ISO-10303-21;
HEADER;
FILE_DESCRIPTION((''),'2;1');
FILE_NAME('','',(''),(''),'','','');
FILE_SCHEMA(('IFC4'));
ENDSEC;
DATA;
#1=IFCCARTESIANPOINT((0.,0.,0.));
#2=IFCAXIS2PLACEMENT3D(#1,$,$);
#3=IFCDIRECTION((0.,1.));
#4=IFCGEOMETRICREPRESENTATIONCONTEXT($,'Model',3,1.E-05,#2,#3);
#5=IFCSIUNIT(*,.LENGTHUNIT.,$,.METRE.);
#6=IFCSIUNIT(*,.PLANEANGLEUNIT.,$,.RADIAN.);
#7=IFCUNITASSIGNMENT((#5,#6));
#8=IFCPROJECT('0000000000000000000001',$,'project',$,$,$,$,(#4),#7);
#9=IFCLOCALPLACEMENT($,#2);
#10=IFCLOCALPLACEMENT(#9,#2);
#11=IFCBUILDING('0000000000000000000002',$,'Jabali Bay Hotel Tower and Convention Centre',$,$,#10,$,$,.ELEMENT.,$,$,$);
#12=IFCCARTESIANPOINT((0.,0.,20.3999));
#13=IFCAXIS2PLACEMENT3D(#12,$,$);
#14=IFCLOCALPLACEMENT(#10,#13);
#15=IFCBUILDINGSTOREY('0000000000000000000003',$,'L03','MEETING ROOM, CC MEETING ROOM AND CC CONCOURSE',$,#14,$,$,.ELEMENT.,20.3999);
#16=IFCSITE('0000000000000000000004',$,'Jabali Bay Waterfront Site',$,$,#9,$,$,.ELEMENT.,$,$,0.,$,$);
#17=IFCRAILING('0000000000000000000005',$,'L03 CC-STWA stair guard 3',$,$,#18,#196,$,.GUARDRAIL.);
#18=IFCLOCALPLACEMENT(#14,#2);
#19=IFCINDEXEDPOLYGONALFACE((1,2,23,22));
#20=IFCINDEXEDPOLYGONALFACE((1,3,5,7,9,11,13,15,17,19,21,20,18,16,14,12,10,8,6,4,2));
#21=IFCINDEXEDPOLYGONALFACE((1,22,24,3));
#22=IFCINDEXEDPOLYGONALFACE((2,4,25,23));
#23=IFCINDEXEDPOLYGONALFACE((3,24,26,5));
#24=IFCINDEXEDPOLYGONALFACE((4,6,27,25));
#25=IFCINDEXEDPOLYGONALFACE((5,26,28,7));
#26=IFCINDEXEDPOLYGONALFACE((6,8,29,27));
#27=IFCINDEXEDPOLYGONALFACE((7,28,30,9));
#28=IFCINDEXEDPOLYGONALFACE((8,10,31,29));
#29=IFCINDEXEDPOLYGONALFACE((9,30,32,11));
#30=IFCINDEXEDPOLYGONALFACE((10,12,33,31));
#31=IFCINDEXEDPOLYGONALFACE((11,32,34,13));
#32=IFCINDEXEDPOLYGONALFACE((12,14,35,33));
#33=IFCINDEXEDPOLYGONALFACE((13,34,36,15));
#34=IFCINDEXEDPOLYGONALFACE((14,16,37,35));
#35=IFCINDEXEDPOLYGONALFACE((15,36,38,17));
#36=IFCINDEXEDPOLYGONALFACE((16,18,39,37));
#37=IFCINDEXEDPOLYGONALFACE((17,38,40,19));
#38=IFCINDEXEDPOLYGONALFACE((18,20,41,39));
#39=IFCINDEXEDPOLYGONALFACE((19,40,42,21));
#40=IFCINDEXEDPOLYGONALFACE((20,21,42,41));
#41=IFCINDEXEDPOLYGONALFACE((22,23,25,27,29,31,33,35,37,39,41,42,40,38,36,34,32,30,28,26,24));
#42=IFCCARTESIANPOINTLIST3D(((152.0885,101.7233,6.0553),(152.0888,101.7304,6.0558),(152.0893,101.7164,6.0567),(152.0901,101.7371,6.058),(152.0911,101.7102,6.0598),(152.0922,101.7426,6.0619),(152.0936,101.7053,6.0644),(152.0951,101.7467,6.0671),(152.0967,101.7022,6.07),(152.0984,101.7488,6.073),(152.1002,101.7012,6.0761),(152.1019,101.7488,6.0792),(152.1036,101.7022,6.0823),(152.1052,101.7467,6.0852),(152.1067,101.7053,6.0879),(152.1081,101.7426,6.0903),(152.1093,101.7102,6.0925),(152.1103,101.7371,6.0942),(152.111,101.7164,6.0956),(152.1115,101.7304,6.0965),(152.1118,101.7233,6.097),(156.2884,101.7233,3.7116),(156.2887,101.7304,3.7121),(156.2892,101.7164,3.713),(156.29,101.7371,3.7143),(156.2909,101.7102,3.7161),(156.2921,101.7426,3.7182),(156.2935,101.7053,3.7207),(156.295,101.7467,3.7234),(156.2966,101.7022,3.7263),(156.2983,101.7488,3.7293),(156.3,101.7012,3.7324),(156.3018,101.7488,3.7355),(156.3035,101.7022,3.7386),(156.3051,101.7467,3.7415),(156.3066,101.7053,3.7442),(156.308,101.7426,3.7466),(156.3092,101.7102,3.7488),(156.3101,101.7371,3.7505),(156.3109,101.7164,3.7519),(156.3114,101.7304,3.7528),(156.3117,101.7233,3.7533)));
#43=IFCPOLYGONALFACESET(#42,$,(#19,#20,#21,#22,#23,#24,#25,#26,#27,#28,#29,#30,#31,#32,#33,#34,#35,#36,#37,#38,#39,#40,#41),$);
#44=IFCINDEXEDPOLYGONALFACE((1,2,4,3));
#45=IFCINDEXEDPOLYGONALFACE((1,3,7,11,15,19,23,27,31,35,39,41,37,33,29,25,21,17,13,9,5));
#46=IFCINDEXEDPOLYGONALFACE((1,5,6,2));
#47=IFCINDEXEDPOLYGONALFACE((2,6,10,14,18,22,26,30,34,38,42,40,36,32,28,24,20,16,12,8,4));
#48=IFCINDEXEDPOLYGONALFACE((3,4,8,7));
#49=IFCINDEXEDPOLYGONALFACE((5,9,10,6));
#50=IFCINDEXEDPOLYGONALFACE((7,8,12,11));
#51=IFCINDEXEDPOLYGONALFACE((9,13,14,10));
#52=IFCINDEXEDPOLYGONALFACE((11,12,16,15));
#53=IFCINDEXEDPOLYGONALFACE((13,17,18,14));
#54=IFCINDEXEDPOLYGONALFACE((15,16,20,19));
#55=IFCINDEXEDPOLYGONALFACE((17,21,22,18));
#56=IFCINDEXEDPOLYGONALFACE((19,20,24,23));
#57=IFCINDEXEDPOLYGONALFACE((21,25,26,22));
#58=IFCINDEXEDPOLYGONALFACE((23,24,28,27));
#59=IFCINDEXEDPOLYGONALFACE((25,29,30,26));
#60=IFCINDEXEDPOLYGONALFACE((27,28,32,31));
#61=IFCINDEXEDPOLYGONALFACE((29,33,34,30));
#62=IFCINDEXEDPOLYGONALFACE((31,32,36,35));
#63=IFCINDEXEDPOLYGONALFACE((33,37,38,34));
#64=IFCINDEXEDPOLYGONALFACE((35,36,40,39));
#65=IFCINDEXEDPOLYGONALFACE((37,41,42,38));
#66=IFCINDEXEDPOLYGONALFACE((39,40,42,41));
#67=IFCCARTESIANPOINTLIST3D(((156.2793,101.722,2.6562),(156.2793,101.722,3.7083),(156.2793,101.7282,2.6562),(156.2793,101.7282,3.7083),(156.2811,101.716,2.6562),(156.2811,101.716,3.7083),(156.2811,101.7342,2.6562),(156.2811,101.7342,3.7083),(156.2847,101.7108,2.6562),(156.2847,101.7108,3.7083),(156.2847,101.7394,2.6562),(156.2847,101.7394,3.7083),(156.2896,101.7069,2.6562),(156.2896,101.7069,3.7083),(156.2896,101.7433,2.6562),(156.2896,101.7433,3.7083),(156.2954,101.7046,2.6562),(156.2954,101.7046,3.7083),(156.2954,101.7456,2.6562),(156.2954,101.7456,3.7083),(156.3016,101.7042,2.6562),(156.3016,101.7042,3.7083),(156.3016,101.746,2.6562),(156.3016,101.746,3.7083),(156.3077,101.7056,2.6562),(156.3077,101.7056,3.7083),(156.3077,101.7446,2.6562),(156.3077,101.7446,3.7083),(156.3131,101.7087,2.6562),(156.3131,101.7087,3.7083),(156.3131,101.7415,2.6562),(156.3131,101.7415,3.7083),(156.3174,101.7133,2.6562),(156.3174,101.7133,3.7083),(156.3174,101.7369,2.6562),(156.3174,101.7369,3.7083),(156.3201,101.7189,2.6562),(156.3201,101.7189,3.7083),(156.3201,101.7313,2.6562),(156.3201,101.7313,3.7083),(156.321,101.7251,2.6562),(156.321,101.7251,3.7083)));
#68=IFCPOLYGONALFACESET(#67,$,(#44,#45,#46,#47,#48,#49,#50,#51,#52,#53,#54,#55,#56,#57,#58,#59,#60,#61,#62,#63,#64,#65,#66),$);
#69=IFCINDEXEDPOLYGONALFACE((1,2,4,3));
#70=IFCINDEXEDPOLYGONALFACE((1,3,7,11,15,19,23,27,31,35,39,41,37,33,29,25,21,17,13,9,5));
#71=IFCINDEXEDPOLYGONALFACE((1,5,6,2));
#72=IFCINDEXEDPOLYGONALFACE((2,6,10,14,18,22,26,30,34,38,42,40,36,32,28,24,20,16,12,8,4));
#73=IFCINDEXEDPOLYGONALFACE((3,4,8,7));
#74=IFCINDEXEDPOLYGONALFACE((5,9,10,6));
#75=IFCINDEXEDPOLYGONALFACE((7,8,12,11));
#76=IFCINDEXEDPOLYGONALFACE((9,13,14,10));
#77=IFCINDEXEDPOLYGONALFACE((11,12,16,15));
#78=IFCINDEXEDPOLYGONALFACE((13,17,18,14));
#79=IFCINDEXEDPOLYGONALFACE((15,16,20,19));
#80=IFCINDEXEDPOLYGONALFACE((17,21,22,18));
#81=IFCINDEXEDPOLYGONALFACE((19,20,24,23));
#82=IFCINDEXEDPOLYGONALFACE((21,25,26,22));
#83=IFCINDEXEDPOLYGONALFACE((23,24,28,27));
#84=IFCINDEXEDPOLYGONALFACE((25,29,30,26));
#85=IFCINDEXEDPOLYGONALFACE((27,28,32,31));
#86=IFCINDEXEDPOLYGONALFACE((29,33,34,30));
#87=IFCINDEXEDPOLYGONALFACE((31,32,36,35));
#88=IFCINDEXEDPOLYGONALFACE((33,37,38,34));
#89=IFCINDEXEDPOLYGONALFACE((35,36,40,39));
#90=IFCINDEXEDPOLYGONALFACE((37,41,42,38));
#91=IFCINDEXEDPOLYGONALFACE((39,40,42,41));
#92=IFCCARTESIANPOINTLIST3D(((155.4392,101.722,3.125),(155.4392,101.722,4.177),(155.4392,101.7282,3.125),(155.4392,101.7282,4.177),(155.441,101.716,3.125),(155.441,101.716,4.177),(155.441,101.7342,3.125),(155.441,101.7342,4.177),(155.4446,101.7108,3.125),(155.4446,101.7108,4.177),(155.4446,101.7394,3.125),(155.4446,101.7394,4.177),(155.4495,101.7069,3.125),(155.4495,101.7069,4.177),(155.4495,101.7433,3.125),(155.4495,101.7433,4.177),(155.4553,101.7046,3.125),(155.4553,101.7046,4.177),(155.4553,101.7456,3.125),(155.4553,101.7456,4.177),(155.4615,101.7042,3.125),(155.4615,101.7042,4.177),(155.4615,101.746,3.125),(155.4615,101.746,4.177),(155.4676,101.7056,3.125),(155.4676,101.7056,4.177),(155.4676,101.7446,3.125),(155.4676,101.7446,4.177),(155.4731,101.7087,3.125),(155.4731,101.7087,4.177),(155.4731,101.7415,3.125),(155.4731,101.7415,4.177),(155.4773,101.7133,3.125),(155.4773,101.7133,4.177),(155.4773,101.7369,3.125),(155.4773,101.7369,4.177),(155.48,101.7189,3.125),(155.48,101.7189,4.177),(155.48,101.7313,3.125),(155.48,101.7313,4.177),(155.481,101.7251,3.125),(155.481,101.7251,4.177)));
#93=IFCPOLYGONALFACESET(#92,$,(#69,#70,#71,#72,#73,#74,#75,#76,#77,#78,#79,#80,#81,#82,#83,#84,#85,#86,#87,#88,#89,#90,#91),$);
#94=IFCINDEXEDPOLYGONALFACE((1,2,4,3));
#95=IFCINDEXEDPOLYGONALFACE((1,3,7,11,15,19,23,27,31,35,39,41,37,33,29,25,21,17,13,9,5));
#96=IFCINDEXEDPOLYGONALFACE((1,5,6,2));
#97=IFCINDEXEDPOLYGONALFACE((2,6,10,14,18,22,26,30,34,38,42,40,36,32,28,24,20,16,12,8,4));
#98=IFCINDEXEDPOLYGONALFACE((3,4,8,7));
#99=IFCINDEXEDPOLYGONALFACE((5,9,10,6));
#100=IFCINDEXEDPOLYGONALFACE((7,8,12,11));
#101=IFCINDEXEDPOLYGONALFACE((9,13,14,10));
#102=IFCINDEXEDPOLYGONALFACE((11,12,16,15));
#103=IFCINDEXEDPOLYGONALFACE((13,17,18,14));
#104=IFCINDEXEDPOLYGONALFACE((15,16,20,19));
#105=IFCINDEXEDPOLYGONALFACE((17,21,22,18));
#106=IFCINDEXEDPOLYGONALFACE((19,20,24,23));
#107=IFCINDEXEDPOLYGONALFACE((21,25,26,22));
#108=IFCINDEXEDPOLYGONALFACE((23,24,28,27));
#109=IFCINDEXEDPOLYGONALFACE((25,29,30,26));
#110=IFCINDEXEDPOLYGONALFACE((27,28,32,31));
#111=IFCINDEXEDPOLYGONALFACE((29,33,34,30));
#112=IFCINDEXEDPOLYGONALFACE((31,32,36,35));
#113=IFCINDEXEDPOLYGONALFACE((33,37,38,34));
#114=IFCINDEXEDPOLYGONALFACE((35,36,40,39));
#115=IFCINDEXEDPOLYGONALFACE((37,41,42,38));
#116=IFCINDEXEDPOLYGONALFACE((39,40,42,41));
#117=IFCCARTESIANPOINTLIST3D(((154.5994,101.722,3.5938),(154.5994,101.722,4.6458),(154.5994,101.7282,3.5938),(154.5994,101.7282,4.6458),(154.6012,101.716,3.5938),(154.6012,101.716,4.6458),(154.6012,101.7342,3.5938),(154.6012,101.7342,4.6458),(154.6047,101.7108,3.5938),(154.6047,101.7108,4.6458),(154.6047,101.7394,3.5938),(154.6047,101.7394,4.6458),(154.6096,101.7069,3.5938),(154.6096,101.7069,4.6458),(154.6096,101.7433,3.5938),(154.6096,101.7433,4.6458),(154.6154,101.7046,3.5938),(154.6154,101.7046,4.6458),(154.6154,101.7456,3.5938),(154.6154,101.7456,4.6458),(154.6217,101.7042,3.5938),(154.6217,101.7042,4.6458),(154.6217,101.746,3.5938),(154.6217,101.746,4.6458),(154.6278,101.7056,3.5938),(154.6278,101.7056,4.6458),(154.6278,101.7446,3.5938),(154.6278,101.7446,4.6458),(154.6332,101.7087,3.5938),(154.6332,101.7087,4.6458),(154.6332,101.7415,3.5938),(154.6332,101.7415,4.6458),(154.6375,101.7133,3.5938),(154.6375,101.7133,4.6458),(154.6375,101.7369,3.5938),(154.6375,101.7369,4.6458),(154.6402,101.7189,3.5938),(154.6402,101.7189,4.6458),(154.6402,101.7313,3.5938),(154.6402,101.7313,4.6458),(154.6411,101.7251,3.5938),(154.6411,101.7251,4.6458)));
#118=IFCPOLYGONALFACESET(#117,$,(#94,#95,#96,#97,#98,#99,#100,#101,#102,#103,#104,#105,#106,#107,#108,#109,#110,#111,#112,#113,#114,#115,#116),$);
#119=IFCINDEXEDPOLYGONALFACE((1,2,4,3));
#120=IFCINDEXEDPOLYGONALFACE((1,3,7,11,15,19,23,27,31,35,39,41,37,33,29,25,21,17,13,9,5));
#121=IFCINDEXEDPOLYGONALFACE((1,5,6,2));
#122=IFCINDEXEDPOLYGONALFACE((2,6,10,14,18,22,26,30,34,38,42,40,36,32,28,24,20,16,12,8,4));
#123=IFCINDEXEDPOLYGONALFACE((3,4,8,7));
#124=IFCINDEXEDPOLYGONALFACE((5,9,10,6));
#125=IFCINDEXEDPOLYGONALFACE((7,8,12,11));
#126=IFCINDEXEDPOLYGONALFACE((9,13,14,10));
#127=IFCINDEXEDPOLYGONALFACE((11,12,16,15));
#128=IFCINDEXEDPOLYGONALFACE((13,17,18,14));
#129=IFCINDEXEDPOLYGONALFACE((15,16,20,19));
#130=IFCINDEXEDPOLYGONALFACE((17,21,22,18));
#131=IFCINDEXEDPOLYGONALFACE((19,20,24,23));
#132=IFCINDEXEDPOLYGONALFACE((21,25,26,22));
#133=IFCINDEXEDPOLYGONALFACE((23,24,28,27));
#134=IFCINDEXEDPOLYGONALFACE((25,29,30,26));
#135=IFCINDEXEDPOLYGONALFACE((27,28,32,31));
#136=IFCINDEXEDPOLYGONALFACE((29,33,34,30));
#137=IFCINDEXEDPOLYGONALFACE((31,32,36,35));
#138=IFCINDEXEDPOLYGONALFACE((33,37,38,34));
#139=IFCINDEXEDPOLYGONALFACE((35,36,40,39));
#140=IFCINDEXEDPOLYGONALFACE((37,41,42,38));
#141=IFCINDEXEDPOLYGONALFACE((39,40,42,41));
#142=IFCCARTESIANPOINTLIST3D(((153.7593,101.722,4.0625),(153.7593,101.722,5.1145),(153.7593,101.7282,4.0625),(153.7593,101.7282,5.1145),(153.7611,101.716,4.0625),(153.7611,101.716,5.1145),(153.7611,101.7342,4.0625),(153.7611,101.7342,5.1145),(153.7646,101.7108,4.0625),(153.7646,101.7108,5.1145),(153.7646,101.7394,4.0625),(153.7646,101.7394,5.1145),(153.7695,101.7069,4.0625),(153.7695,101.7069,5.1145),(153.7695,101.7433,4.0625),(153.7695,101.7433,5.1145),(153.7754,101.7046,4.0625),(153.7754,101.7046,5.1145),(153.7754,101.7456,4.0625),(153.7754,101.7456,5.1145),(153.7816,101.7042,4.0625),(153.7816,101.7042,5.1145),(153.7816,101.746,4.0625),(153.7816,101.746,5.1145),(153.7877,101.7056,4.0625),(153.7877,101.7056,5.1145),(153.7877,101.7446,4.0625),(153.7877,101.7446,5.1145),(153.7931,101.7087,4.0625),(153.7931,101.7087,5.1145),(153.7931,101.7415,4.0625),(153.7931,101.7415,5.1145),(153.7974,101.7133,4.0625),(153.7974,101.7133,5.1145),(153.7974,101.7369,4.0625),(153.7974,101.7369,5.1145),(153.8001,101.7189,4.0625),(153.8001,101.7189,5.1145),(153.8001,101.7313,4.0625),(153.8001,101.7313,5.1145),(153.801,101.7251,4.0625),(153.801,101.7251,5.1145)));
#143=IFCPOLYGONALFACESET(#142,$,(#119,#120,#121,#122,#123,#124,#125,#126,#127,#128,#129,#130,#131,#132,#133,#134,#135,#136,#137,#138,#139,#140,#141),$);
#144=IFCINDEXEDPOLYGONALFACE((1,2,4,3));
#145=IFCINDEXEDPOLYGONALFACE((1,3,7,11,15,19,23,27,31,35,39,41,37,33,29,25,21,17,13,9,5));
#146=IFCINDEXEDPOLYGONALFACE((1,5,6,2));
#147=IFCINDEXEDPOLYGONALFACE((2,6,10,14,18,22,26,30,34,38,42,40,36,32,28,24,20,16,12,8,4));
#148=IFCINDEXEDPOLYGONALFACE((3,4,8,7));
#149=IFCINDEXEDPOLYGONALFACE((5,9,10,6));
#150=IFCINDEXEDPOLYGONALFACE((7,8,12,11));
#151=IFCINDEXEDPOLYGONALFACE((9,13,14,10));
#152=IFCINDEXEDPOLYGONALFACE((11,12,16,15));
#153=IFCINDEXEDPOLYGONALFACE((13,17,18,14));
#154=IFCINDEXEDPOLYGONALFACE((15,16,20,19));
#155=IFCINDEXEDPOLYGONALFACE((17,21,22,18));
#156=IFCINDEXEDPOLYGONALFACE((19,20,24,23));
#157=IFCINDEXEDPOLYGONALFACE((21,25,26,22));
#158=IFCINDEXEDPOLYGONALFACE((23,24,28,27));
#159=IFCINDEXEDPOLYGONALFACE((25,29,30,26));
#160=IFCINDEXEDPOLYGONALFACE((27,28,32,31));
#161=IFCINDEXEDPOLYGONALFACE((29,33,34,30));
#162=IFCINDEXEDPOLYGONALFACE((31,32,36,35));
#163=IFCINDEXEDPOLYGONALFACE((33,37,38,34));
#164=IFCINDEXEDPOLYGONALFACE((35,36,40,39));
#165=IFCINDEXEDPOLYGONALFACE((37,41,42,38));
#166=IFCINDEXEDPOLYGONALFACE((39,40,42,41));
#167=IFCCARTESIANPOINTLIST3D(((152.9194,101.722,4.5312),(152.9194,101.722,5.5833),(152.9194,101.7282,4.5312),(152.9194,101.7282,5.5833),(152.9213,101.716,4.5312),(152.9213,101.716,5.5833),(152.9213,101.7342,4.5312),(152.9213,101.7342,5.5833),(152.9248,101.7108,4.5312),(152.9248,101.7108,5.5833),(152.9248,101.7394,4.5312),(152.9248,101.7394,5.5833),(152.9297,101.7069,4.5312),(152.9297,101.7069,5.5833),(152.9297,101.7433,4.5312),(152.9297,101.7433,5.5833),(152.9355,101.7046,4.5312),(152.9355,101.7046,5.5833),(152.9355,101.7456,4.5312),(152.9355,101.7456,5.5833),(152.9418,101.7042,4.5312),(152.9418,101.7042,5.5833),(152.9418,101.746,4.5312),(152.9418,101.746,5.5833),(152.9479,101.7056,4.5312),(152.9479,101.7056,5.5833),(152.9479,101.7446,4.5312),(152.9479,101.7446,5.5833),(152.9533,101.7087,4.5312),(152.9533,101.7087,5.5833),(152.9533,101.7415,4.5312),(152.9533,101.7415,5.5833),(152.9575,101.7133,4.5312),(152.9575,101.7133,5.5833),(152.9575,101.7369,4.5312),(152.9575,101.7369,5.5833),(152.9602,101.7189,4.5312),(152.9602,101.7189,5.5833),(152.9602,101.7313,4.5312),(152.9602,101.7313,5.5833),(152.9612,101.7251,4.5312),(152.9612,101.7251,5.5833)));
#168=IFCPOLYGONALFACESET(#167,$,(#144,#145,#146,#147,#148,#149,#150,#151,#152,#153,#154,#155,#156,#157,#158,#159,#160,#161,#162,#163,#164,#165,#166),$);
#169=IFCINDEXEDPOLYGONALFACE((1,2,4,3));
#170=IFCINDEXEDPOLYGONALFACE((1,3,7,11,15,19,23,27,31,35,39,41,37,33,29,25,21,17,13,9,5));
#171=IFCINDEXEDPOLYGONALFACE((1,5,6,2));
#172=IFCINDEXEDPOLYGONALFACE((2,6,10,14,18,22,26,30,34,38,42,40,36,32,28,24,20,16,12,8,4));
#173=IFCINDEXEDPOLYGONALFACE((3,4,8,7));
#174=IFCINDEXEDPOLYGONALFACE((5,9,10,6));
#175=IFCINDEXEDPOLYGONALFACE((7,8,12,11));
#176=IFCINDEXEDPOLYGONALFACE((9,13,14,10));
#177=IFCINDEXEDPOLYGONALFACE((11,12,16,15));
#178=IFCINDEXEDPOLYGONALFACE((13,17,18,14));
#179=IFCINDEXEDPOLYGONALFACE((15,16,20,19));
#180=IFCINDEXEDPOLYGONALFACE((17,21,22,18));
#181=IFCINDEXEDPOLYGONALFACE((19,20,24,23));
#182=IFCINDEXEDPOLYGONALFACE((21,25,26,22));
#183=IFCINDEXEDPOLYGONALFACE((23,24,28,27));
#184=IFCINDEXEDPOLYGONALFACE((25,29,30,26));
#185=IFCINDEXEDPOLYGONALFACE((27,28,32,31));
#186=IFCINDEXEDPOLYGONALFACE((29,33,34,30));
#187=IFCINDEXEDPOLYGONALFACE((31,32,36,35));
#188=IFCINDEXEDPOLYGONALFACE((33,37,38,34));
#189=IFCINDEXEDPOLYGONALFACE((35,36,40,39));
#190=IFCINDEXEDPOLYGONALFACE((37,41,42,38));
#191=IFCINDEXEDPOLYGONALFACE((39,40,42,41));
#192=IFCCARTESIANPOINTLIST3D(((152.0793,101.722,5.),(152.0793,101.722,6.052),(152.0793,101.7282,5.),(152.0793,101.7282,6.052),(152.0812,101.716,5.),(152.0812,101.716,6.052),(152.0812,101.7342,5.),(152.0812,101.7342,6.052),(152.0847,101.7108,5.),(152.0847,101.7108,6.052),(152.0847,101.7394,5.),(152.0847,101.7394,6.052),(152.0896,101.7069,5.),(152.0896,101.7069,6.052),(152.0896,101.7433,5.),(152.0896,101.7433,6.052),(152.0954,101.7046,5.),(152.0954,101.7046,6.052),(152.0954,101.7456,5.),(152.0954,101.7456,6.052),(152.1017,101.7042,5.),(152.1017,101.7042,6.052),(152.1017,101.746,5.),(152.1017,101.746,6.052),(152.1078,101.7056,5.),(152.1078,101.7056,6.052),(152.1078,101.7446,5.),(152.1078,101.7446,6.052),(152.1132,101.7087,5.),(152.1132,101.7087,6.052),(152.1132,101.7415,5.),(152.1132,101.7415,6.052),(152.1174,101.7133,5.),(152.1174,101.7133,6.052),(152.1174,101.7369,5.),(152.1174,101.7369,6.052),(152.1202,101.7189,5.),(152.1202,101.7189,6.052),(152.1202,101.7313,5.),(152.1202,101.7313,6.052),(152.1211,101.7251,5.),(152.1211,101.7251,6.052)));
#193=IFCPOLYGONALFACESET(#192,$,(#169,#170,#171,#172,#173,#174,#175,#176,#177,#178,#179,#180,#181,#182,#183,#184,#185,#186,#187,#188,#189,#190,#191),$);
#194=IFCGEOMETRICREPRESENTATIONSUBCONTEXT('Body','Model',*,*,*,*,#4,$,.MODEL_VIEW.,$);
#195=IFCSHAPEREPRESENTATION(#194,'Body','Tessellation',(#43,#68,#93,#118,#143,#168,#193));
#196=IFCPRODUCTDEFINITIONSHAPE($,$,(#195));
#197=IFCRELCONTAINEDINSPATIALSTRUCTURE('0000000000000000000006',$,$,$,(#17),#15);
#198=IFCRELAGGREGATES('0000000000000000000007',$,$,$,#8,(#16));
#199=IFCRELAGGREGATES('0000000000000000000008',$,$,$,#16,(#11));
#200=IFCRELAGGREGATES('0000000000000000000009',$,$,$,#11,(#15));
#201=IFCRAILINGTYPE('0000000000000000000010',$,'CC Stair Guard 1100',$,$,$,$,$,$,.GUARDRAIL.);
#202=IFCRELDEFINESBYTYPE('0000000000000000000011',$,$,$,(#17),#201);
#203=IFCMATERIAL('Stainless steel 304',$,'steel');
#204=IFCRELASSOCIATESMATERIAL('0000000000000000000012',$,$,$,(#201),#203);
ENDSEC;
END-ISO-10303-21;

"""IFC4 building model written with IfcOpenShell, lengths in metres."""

from ifc_helpers import new_model, si_unit, direction, frame, origin, origin_2d, place, context, subcontext, project, spatial, circle, extrude, material, type_object, element, save


model = new_model("IFC4")

# Units and contexts
model_context = context("Model", 3, precision=1e-05, world=origin(), true_north=direction((0.0, 1.0)))
body_context = subcontext(model_context, "Body", "Model", "MODEL_VIEW")
ifc_project = project(units=[si_unit("LENGTHUNIT", "METRE"), si_unit("PLANEANGLEUNIT", "RADIAN")], contexts=[model_context])

# Site, building, storey
site_placement = place(None, origin())
site = spatial("IfcSite", under=ifc_project, at=site_placement, Name="Jabali Bay Waterfront Site", CompositionType="ELEMENT", RefElevation=0.0)
building_placement = place(site_placement, origin())
building = spatial("IfcBuilding", under=site, at=building_placement, Name="Jabali Bay Hotel Tower and Convention Centre", CompositionType="ELEMENT")
storey_placement = place(building_placement, frame((0.0, 0.0, 20.3999)))
storey = spatial("IfcBuildingStorey", under=building, at=storey_placement, Name="L03", Description="MEETING ROOM, CC MEETING ROOM AND CC CONCOURSE", CompositionType="ELEMENT", Elevation=20.3999)

# Railing
ifc_material_1 = material(Name="Stainless steel 304", Category="steel")
railing_type_1 = type_object("IfcRailingType", Name="CC Stair Guard 1100", PredefinedType="GUARDRAIL", material=ifc_material_1)
railing_1_placement = place(storey_placement, frame((156.3, 101.7251, 2.6562)))
element("IfcRailing", 1, at=railing_1_placement, inside=storey, type_object=railing_type_1, Name="L03 CC-STWA stair guard 3", PredefinedType="GUARDRAIL", context=body_context, shape_type="SweptSolid", body=[
    extrude(circle(Radius=0.0239, at=origin_2d()), frame((0.0, 0.0, 1.0762), z_axis=(-0.873234, 0.0, 0.487301), x_axis=(0.0, -1.0, 0.0)), (0.0, 0.0, 1.0), 4.8096),
    extrude(circle(Radius=0.021, at=origin_2d()), origin(), (0.0, 0.0, 1.0), 1.052),
    extrude(circle(Radius=0.021, at=origin_2d()), frame((-0.8401, 0.0, 0.4688)), (0.0, 0.0, 1.0), 1.052),
    extrude(circle(Radius=0.021, at=origin_2d()), frame((-1.6799, 0.0, 0.9375)), (0.0, 0.0, 1.0), 1.052),
    extrude(circle(Radius=0.021, at=origin_2d()), frame((-2.52, 0.0, 1.4062)), (0.0, 0.0, 1.0), 1.052),
    extrude(circle(Radius=0.021, at=origin_2d()), frame((-3.3599, 0.0, 1.875)), (0.0, 0.0, 1.0), 1.052),
    extrude(circle(Radius=0.021, at=origin_2d()), frame((-4.2, 0.0, 2.3438)), (0.0, 0.0, 1.0), 1.052),
])

save(model, "model.ifc")
